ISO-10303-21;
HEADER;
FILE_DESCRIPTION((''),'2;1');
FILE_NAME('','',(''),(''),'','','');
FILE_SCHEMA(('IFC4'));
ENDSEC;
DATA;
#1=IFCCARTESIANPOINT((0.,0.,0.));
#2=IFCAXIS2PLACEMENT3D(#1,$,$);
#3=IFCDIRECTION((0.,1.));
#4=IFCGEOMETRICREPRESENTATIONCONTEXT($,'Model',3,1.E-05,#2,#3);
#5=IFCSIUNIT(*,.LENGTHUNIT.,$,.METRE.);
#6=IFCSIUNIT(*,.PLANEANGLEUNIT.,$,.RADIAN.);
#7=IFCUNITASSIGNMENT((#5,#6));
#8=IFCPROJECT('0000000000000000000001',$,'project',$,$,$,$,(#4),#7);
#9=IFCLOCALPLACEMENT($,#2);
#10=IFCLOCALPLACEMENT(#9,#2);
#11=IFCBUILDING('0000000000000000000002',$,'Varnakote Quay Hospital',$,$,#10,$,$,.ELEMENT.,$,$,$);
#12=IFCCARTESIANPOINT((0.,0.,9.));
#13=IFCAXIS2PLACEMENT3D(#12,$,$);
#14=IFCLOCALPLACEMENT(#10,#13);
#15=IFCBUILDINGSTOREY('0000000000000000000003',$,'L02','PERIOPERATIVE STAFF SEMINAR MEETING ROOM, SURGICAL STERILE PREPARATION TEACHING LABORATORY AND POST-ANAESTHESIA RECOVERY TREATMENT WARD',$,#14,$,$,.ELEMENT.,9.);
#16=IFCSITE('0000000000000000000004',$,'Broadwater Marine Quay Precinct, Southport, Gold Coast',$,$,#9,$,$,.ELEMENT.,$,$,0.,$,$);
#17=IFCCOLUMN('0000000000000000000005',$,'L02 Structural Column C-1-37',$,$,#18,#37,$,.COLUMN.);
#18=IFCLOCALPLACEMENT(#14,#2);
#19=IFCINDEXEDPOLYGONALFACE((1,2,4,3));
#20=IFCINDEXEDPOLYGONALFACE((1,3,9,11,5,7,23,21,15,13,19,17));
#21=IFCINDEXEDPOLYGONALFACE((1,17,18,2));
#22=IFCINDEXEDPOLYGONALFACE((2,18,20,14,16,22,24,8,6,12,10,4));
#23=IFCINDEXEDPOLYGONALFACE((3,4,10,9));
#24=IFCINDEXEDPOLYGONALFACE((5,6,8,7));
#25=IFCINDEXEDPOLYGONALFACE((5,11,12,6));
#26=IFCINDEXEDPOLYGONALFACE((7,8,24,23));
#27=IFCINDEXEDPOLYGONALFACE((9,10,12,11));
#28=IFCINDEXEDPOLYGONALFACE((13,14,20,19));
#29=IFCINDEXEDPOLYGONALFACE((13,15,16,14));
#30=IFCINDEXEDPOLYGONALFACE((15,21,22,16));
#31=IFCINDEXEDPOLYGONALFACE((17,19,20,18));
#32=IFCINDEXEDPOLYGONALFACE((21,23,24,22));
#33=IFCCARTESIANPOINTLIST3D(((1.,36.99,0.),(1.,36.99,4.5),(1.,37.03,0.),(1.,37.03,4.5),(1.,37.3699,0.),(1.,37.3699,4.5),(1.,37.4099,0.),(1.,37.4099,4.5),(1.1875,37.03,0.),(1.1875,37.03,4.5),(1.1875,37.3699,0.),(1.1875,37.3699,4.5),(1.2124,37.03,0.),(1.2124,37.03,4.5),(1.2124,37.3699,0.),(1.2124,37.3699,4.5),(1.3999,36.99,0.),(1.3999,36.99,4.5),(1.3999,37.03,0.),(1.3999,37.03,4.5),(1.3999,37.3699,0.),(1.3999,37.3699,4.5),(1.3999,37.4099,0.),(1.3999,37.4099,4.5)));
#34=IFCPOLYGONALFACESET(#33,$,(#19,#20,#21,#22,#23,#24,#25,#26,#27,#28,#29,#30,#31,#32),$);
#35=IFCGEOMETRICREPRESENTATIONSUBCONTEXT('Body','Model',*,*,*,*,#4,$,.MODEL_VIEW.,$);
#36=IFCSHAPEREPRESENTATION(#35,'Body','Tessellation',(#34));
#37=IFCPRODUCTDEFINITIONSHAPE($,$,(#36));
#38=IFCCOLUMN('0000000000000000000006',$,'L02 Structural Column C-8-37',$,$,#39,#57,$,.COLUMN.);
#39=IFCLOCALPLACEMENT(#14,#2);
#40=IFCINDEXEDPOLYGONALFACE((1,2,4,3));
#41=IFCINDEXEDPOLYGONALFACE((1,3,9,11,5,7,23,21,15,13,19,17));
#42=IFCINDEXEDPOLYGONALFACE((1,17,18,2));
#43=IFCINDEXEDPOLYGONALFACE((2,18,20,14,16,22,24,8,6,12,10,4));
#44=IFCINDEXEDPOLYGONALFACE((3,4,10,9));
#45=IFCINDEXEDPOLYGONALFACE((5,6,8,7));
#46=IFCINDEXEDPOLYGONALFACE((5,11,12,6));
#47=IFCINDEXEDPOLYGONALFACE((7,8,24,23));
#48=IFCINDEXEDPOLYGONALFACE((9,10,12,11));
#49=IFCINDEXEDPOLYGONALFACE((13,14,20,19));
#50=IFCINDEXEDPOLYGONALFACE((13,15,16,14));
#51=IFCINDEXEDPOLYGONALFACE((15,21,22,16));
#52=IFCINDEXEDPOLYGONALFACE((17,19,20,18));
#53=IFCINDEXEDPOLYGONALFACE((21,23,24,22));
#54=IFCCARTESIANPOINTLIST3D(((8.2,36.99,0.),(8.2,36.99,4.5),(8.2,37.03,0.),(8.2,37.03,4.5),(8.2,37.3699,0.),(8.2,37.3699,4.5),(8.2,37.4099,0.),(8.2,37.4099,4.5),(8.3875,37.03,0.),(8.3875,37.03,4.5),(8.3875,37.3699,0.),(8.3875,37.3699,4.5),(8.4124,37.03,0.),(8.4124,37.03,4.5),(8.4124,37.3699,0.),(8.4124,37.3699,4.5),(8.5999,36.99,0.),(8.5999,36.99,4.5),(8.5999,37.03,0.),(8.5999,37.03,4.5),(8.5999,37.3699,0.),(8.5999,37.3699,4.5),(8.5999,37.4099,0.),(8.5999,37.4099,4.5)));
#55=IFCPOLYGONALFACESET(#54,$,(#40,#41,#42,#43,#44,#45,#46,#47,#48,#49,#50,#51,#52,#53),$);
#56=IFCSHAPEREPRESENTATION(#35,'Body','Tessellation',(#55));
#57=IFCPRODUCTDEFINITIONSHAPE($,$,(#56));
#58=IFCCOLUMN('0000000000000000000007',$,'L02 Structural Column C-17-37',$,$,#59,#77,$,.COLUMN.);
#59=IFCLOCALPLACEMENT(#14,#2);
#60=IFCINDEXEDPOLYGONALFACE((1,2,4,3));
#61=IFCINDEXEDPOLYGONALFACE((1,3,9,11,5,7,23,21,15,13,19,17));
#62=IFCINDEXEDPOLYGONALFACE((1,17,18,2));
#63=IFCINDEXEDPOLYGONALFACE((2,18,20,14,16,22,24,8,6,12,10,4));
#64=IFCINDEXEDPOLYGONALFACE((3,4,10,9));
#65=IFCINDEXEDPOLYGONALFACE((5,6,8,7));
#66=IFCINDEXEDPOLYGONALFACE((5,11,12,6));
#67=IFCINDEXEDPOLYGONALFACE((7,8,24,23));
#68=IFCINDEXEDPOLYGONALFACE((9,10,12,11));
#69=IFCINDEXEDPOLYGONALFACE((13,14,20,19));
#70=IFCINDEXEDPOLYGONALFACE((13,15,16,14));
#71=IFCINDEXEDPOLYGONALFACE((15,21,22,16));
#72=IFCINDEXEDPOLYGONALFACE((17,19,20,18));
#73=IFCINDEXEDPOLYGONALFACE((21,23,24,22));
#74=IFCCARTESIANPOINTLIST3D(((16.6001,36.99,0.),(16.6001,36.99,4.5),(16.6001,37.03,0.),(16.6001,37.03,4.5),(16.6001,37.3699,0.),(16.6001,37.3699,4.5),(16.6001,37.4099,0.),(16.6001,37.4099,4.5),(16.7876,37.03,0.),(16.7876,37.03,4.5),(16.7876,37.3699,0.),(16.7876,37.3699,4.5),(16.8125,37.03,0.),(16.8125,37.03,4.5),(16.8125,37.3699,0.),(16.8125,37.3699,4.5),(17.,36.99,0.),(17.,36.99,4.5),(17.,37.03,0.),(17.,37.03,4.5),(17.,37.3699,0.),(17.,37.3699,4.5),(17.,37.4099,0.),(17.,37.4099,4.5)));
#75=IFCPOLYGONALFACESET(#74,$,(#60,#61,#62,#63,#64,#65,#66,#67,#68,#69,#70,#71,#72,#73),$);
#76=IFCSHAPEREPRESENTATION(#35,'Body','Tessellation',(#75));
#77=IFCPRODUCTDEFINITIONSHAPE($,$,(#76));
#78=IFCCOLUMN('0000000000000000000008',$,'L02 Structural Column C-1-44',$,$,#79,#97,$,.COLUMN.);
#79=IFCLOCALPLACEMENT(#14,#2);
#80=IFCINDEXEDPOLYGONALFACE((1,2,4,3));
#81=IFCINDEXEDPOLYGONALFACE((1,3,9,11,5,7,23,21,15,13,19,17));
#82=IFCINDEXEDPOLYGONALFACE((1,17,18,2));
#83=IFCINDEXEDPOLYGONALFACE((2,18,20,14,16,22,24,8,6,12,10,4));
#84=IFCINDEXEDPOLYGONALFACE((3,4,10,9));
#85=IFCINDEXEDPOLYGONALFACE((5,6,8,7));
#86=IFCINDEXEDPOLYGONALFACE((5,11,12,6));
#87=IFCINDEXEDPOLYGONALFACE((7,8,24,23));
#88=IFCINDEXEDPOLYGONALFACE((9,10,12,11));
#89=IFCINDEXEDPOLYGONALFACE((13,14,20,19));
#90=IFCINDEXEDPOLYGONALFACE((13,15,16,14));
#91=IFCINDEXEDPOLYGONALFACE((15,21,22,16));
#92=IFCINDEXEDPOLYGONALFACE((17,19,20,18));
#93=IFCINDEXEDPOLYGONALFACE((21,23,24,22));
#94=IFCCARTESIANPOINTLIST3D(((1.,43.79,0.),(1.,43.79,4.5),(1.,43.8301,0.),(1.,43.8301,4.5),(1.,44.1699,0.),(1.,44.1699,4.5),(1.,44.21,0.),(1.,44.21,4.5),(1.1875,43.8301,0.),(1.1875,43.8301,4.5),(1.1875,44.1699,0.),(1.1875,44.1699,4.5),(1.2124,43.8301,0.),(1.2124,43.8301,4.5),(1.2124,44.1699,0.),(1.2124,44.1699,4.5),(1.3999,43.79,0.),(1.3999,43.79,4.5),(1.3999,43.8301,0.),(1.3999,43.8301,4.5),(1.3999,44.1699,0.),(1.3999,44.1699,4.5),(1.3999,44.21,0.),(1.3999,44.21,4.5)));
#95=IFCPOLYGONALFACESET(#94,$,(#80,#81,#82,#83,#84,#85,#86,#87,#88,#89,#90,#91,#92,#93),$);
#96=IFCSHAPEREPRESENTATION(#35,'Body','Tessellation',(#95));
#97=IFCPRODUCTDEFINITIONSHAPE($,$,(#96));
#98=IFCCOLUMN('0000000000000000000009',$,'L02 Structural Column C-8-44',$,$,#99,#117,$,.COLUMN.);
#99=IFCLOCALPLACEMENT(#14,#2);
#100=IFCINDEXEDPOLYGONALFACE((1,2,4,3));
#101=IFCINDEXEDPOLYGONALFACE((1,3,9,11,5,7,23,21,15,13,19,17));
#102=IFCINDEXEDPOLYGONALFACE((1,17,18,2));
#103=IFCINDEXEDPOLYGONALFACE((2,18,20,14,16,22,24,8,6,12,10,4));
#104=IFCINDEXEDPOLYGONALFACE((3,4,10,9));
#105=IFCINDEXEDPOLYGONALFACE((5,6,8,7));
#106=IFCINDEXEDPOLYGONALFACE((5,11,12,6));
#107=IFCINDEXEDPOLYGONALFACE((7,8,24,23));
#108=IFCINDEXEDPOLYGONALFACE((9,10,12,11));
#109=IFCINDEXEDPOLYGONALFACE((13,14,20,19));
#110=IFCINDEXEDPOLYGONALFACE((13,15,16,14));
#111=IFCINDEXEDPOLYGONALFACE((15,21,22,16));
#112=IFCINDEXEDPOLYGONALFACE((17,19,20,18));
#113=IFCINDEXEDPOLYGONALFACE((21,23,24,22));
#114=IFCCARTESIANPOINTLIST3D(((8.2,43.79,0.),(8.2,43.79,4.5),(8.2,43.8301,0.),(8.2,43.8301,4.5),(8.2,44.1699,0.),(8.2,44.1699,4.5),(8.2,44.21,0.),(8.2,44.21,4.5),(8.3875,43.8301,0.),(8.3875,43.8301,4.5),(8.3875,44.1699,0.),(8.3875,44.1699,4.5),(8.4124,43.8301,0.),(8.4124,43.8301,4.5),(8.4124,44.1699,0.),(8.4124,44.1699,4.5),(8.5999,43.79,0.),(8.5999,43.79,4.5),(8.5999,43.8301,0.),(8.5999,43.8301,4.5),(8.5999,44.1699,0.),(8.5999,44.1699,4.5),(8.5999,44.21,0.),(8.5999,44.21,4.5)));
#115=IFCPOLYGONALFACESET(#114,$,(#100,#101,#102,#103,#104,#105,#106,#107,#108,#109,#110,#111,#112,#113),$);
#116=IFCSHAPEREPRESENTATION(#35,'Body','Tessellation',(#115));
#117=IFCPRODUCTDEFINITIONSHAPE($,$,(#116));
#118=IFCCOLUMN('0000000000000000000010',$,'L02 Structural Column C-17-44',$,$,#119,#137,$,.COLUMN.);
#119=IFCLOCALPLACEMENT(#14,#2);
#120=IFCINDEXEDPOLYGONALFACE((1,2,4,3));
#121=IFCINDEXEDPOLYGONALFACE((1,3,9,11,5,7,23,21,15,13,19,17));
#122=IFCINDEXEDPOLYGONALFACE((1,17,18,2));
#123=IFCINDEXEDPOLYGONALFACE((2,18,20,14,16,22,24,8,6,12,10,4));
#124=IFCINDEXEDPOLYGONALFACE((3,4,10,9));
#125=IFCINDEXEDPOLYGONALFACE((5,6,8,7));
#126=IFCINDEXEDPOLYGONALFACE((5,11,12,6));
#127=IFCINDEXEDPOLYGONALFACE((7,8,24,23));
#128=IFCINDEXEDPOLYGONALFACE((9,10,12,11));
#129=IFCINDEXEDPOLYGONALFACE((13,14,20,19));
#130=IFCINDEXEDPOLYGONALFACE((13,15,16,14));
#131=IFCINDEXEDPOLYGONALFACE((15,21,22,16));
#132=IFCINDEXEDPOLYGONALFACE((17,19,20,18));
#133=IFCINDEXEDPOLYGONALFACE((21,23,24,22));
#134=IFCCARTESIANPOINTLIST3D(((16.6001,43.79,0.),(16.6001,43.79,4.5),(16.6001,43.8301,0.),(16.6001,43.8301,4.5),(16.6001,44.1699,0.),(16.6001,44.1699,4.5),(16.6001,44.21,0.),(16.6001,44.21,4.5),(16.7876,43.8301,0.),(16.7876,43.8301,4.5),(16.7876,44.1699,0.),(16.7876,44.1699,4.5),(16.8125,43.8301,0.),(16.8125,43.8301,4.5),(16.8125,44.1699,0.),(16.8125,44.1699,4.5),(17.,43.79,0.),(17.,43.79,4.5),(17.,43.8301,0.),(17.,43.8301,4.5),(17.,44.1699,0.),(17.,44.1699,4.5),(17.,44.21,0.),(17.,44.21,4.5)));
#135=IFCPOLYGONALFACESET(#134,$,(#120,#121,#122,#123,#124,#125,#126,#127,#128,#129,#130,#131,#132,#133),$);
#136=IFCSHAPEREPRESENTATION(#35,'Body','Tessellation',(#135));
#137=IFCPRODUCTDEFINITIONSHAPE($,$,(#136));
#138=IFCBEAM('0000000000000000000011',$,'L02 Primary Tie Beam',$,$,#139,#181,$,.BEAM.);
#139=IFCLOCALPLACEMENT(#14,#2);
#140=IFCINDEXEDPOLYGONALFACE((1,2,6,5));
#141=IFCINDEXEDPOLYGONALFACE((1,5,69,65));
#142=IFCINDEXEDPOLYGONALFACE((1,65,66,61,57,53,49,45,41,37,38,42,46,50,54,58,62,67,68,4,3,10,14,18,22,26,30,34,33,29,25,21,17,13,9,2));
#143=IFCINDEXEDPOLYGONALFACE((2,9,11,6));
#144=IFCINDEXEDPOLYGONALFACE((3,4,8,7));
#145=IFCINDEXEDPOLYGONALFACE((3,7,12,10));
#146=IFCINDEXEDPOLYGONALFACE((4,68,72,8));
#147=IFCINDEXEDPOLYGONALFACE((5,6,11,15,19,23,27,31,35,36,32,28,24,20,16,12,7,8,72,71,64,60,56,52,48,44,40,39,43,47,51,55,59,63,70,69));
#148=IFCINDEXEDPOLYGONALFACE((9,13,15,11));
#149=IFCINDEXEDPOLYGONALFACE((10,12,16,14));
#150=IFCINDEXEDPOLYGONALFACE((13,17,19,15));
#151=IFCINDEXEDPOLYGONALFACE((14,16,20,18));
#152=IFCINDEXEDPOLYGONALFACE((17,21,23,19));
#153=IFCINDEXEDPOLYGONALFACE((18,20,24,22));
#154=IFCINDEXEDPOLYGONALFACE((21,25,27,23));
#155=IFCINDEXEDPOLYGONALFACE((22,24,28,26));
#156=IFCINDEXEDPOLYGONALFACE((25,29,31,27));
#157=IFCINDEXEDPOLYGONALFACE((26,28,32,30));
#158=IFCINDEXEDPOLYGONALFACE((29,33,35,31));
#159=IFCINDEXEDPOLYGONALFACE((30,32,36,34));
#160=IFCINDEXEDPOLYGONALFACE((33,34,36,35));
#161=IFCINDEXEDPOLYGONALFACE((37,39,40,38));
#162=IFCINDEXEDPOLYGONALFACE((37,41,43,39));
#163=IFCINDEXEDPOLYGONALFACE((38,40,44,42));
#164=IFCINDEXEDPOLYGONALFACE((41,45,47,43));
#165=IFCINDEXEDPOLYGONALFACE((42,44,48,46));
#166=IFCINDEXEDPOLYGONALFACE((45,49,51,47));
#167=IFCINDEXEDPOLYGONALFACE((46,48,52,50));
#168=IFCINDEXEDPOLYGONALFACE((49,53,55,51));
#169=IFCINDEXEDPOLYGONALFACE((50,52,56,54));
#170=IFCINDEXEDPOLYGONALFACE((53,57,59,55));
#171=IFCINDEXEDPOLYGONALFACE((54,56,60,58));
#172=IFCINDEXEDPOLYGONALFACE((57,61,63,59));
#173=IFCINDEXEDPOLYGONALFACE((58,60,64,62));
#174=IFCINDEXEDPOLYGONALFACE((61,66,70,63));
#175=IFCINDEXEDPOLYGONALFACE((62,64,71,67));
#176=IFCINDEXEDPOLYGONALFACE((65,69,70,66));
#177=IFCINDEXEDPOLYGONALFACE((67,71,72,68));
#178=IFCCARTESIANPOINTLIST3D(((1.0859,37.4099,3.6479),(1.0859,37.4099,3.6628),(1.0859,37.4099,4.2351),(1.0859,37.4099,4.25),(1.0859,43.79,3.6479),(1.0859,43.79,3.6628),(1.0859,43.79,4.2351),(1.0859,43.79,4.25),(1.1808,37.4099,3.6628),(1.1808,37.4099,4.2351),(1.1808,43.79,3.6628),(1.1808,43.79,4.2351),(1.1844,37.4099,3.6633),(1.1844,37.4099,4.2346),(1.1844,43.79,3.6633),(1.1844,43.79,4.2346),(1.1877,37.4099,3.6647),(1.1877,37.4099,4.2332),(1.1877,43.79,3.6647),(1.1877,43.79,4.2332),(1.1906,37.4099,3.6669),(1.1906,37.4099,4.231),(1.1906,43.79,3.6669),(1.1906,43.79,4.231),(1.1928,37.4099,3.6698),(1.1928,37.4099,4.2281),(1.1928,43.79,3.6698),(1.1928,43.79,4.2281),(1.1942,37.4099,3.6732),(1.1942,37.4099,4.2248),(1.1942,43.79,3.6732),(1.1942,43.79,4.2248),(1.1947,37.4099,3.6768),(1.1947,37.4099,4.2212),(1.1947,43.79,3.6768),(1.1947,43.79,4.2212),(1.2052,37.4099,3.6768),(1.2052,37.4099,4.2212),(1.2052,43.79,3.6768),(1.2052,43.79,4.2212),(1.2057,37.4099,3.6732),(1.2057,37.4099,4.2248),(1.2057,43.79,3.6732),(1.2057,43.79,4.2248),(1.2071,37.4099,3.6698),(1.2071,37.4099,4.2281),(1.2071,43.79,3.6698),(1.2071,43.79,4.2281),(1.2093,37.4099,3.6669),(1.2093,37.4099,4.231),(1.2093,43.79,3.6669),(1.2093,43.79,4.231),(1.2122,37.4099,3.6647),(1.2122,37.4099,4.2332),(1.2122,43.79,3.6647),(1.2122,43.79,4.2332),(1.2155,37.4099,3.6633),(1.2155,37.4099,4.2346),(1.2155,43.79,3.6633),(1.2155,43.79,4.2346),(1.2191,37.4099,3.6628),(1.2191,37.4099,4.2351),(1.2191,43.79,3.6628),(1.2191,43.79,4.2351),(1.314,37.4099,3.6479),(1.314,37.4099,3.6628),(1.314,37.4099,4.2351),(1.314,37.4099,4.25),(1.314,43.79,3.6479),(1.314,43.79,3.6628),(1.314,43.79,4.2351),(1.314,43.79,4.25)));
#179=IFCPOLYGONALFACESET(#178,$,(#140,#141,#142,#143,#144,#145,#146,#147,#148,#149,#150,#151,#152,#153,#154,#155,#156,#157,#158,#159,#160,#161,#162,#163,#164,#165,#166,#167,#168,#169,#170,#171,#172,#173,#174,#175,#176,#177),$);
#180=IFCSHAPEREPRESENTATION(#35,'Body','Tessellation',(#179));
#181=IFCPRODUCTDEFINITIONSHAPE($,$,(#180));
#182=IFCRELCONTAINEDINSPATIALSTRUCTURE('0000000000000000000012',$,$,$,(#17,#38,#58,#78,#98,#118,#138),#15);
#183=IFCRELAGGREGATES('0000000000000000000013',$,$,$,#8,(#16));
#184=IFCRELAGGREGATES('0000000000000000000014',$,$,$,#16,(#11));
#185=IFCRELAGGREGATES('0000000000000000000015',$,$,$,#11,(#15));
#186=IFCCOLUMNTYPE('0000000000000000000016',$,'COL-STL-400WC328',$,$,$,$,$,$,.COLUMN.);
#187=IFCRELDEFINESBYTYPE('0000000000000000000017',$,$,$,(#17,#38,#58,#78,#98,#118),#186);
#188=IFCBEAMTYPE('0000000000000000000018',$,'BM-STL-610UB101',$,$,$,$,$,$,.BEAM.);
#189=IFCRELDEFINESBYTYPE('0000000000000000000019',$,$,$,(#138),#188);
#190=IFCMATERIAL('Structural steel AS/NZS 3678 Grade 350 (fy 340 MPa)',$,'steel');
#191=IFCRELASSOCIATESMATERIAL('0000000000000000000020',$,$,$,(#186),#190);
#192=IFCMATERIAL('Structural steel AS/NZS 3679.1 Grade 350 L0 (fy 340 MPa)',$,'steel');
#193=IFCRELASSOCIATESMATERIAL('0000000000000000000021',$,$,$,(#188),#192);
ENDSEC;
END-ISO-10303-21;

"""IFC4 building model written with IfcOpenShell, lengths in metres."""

from ifc_helpers import new_model, si_unit, direction, frame, origin, origin_2d, place, context, subcontext, project, spatial, i_section, extrude, material, material_profile, profile_set, type_object, element, save


model = new_model("IFC4")

# Units and contexts
model_context = context("Model", 3, precision=1e-05, world=origin(), true_north=direction((0.0, 1.0)))
body_context = subcontext(model_context, "Body", "Model", "MODEL_VIEW")
ifc_project = project(units=[si_unit("LENGTHUNIT", "METRE"), si_unit("PLANEANGLEUNIT", "RADIAN")], contexts=[model_context])

# Site, building, storey
site_placement = place(None, origin())
site = spatial("IfcSite", under=ifc_project, at=site_placement, Name="Broadwater Marine Quay Precinct, Southport, Gold Coast", CompositionType="ELEMENT", RefElevation=0.0)
building_placement = place(site_placement, origin())
building = spatial("IfcBuilding", under=site, at=building_placement, Name="Varnakote Quay Hospital", CompositionType="ELEMENT")
storey_placement = place(building_placement, frame((0.0, 0.0, 9.0)))
storey = spatial("IfcBuildingStorey", under=building, at=storey_placement, Name="L02", Description="PERIOPERATIVE STAFF SEMINAR MEETING ROOM, SURGICAL STERILE PREPARATION TEACHING LABORATORY AND POST-ANAESTHESIA RECOVERY TREATMENT WARD", CompositionType="ELEMENT", Elevation=9.0)

# Columns
ifc_material_1 = material(Name="Structural steel AS/NZS 3678 Grade 350 (fy 340 MPa)", Category="steel")
ifc_material_profile_1 = material_profile(ifc_material_1, i_section(OverallWidth=0.3999, OverallDepth=0.4199, WebThickness=0.0249, FlangeThickness=0.04, at=origin_2d()), Name="400WC328")
ifc_profile_set_1 = profile_set([ifc_material_profile_1], Name="Structural steel AS/NZS 3678 Grade 350 (fy 340 MPa)")
column_type = type_object("IfcColumnType", Name="COL-STL-400WC328", PredefinedType="COLUMN", material=ifc_profile_set_1)
for number, where, z_axis, x_axis, name in (
    (1, (1.2, 37.2, 0.0), (0.0, 0.0, 1.0), (1.0, 0.0, 0.0), "L02 Structural Column C-1-37"),
    (2, (8.3999, 37.2, 0.0), (0.0, 0.0, 1.0), (1.0, 0.0, 0.0), "L02 Structural Column C-8-37"),
    (3, (16.8, 37.2, 0.0), (0.0, 0.0, 1.0), (1.0, 0.0, 0.0), "L02 Structural Column C-17-37"),
    (4, (1.2, 44.0, 0.0), (0.0, 0.0, 1.0), (1.0, 0.0, 0.0), "L02 Structural Column C-1-44"),
    (5, (8.3999, 44.0, 0.0), (0.0, 0.0, 1.0), (1.0, 0.0, 0.0), "L02 Structural Column C-8-44"),
    (6, (16.8, 44.0, 0.0), (0.0, 0.0, 1.0), (1.0, 0.0, 0.0), "L02 Structural Column C-17-44"),
):
    element("IfcColumn", number, at=place(storey_placement, frame(where, z_axis=z_axis, x_axis=x_axis)), inside=storey, type_object=column_type, Name=name, PredefinedType="COLUMN", context=body_context, shape_type="SweptSolid", body=[
        extrude(i_section(OverallWidth=0.3999, OverallDepth=0.4199, WebThickness=0.0249, FlangeThickness=0.04, at=origin_2d()), origin(), (0.0, 0.0, 1.0), 4.5),
    ])

# Beam
ifc_material_2 = material(Name="Structural steel AS/NZS 3679.1 Grade 350 L0 (fy 340 MPa)", Category="steel")
ifc_material_profile_2 = material_profile(ifc_material_2, i_section(OverallWidth=0.228, OverallDepth=0.6021, WebThickness=0.0105, FlangeThickness=0.0149, FilletRadius=0.0139, at=origin_2d()), Name="610UB101")
ifc_profile_set_2 = profile_set([ifc_material_profile_2], Name="Structural steel AS/NZS 3679.1 Grade 350 L0 (fy 340 MPa)")
beam_type_1 = type_object("IfcBeamType", Name="BM-STL-610UB101", PredefinedType="BEAM", material=ifc_profile_set_2)
for number, where, z_axis, x_axis, name in (
    (7, (1.2, 37.4099, 3.949), (0.0, 1.0, 0.0), (-1.0, 0.0, 0.0), "L02 Primary Tie Beam"),
):
    element("IfcBeam", number, at=place(storey_placement, frame(where, z_axis=z_axis, x_axis=x_axis)), inside=storey, type_object=beam_type_1, Name=name, PredefinedType="BEAM", context=body_context, shape_type="SweptSolid", body=[
        extrude(i_section(OverallWidth=0.228, OverallDepth=0.6021, WebThickness=0.0105, FlangeThickness=0.0149, FilletRadius=0.0139, at=origin_2d()), origin(), (0.0, 0.0, 1.0), 6.3801),
    ])

save(model, "model.ifc")
